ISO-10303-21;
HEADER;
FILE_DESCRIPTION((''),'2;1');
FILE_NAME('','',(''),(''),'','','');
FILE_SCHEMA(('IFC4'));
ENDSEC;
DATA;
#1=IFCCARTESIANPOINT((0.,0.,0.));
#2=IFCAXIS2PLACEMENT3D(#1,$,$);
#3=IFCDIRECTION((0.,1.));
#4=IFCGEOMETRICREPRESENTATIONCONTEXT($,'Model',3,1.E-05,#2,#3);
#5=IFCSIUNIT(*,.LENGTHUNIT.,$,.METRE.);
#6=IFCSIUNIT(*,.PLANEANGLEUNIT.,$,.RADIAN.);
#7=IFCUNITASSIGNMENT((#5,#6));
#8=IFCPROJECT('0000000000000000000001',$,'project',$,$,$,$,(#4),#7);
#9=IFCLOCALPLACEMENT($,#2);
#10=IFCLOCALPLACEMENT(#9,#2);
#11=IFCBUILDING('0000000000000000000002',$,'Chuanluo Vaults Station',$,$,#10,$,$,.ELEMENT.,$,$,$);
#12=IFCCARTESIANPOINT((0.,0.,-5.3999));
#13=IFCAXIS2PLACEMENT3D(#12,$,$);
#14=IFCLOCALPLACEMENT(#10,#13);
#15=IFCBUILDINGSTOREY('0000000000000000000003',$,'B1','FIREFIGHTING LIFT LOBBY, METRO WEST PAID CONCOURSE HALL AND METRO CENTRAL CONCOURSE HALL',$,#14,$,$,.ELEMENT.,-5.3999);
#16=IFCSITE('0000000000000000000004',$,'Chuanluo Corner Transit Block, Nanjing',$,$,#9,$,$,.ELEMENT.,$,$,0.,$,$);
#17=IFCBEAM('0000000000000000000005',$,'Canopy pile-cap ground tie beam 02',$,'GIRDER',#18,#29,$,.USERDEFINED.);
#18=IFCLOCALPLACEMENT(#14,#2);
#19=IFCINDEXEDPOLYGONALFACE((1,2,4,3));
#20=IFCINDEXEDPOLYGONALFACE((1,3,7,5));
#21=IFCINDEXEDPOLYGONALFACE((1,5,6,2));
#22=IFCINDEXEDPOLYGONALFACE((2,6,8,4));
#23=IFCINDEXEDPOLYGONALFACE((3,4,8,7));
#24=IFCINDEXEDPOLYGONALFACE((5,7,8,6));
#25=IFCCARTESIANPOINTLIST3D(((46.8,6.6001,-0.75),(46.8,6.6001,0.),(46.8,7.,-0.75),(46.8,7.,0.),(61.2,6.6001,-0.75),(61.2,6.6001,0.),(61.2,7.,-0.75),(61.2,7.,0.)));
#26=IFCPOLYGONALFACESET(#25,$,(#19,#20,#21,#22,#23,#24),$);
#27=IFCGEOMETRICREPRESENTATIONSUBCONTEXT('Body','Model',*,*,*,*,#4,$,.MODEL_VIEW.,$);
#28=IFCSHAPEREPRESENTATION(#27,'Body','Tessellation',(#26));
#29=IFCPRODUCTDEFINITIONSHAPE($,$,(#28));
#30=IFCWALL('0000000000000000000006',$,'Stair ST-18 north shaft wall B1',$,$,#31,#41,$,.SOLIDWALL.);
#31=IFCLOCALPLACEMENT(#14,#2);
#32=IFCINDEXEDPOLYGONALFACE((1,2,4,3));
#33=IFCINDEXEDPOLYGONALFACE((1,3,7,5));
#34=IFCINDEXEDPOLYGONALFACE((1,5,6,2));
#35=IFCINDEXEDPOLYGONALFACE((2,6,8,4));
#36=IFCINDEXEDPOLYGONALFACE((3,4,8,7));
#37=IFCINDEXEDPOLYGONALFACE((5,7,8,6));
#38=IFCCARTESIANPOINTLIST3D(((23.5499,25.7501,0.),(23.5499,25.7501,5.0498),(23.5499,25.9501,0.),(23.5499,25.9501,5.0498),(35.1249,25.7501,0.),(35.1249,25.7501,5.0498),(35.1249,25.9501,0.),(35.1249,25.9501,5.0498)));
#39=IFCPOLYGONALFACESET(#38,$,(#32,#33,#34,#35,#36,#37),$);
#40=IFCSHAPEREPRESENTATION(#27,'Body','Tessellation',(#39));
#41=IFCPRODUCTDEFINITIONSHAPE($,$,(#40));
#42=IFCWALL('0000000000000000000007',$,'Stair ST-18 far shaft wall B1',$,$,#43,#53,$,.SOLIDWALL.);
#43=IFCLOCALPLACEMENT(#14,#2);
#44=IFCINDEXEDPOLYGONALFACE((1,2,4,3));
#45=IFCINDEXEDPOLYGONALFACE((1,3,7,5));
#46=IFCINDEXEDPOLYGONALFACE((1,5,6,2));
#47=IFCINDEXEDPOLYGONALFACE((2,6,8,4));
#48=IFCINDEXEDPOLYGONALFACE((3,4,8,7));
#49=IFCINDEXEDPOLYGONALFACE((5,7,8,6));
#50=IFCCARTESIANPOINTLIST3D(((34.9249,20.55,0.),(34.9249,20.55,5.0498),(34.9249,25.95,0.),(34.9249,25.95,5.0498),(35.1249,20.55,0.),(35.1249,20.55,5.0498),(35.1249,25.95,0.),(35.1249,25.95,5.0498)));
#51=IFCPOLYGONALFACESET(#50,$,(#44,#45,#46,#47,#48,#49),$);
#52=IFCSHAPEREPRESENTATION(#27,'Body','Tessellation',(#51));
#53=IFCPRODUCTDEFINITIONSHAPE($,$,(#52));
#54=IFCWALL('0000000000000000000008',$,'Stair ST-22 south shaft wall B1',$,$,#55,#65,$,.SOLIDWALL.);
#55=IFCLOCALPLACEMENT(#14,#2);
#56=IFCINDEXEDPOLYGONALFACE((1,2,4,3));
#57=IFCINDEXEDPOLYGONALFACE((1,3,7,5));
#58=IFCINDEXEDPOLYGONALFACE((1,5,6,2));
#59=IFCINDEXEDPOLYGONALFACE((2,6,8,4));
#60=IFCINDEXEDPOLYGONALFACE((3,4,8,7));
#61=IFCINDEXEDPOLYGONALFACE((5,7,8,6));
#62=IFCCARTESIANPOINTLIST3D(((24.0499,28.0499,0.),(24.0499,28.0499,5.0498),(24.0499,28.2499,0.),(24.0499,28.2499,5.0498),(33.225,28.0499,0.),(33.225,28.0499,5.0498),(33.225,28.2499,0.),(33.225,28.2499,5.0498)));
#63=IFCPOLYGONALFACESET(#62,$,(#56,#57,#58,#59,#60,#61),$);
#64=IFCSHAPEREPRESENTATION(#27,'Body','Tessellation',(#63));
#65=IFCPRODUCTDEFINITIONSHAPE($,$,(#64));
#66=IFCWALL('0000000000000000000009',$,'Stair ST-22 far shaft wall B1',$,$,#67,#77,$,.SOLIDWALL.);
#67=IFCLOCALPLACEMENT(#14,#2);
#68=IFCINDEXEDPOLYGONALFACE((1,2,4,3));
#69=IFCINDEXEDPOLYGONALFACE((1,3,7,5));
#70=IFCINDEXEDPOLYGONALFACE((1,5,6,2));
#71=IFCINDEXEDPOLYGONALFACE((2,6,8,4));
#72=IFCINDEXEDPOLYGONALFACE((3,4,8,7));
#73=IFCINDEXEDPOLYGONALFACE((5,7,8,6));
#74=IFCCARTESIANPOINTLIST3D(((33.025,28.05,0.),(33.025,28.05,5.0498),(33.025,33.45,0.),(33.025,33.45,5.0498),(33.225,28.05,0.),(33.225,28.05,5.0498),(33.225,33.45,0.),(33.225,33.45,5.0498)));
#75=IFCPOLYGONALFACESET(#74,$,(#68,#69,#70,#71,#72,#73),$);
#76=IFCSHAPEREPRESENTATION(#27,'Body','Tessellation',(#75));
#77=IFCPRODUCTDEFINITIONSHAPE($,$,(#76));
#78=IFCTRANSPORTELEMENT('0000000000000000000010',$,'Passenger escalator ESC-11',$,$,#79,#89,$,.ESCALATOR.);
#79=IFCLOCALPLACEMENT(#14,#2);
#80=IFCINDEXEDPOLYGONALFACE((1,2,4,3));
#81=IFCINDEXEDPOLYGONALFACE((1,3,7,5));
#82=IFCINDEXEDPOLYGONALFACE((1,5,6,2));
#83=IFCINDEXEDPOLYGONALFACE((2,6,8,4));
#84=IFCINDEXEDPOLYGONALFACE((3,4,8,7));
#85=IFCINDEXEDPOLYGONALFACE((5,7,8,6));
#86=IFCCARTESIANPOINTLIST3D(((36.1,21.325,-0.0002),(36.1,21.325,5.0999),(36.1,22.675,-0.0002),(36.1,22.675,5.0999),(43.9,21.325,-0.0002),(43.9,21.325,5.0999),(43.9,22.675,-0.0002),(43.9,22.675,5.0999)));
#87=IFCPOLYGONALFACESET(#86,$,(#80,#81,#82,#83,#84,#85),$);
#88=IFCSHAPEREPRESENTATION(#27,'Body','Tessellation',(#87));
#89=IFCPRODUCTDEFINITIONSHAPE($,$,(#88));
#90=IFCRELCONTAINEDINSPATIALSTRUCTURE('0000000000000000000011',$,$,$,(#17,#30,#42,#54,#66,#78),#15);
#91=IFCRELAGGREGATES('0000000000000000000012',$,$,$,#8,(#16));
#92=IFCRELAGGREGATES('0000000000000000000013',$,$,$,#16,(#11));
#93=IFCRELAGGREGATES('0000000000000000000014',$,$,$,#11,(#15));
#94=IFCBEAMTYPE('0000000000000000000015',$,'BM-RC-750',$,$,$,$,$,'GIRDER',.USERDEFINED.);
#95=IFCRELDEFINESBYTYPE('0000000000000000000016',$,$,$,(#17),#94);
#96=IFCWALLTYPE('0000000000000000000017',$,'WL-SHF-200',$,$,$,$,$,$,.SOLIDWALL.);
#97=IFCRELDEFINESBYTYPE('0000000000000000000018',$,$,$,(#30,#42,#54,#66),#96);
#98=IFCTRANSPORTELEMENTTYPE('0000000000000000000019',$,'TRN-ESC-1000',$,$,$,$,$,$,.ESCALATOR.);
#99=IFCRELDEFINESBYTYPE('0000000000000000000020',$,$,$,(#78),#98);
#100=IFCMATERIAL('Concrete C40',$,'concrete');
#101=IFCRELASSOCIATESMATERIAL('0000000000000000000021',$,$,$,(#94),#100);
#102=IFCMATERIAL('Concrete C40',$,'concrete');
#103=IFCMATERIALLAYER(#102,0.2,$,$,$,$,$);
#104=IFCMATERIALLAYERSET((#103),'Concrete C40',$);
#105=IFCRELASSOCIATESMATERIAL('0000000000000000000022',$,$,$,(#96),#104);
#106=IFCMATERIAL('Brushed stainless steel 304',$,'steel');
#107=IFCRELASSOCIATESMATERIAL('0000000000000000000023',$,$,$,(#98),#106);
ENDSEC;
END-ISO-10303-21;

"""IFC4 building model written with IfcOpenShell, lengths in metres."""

from ifc_helpers import new_model, si_unit, direction, frame, frame_2d, origin, origin_2d, place, context, subcontext, project, spatial, rectangle, extrude, material, layer, layer_set, material_profile, profile_set, type_object, element, save


model = new_model("IFC4")

# Units and contexts
model_context = context("Model", 3, precision=1e-05, world=origin(), true_north=direction((0.0, 1.0)))
body_context = subcontext(model_context, "Body", "Model", "MODEL_VIEW")
ifc_project = project(units=[si_unit("LENGTHUNIT", "METRE"), si_unit("PLANEANGLEUNIT", "RADIAN")], contexts=[model_context])

# Site, building, storey
site_placement = place(None, origin())
site = spatial("IfcSite", under=ifc_project, at=site_placement, Name="Chuanluo Corner Transit Block, Nanjing", CompositionType="ELEMENT", RefElevation=0.0)
building_placement = place(site_placement, origin())
building = spatial("IfcBuilding", under=site, at=building_placement, Name="Chuanluo Vaults Station", CompositionType="ELEMENT")
storey_placement = place(building_placement, frame((0.0, 0.0, -5.3999)))
storey = spatial("IfcBuildingStorey", under=building, at=storey_placement, Name="B1", Description="FIREFIGHTING LIFT LOBBY, METRO WEST PAID CONCOURSE HALL AND METRO CENTRAL CONCOURSE HALL", CompositionType="ELEMENT", Elevation=-5.3999)

# Beam
ifc_material_1 = material(Name="Concrete C40", Category="concrete")
ifc_material_profile_1 = material_profile(ifc_material_1, rectangle(XDim=0.3999, YDim=0.75, at=origin_2d()))
ifc_profile_set_1 = profile_set([ifc_material_profile_1], Name="Concrete C40")
beam_type = type_object("IfcBeamType", Name="BM-RC-750", ElementType="GIRDER", PredefinedType="USERDEFINED", material=ifc_profile_set_1)
for number, where, z_axis, x_axis, name in (
    (1, (46.8, 6.8, -0.375), (1.0, 0.0, 0.0), (0.0, 1.0, 0.0), "Canopy pile-cap ground tie beam 02"),
):
    element("IfcBeam", number, at=place(storey_placement, frame(where, z_axis=z_axis, x_axis=x_axis)), inside=storey, type_object=beam_type, Name=name, ObjectType="GIRDER", PredefinedType="USERDEFINED", context=body_context, shape_type="SweptSolid", body=[
        extrude(rectangle(XDim=0.3999, YDim=0.75, at=origin_2d()), origin(), (0.0, 0.0, 1.0), 14.3999),
    ])

# Walls
ifc_material_2 = material(Name="Concrete C40", Category="concrete")
ifc_layer = layer(ifc_material_2, 0.2)
ifc_layer_set = layer_set([ifc_layer], Name="Concrete C40")
wall_type = type_object("IfcWallType", Name="WL-SHF-200", PredefinedType="SOLIDWALL", material=ifc_layer_set)
wall_1_placement = place(storey_placement, frame((35.125, 25.8501, 0.0), z_axis=(0.0, 0.0, 1.0), x_axis=(-1.0, 0.0, 0.0)))
element("IfcWall", 2, at=wall_1_placement, inside=storey, type_object=wall_type, Name="Stair ST-18 north shaft wall B1", PredefinedType="SOLIDWALL", context=body_context, shape_type="SweptSolid", body=[
    extrude(rectangle(XDim=11.575, YDim=0.2, at=frame_2d((5.7876, 0.0))), origin(), (0.0, 0.0, 1.0), 5.0498),
])
wall_2_placement = place(storey_placement, frame((35.0249, 20.55, 0.0), z_axis=(0.0, 0.0, 1.0), x_axis=(0.0, 1.0, 0.0)))
element("IfcWall", 3, at=wall_2_placement, inside=storey, type_object=wall_type, Name="Stair ST-18 far shaft wall B1", PredefinedType="SOLIDWALL", context=body_context, shape_type="SweptSolid", body=[
    extrude(rectangle(XDim=5.3999, YDim=0.2, at=frame_2d((2.7, 0.0))), origin(), (0.0, 0.0, 1.0), 5.0498),
])
wall_3_placement = place(storey_placement, frame((24.05, 28.1499, 0.0), z_axis=(0.0, 0.0, 1.0), x_axis=(1.0, 0.0, 0.0)))
element("IfcWall", 4, at=wall_3_placement, inside=storey, type_object=wall_type, Name="Stair ST-22 south shaft wall B1", PredefinedType="SOLIDWALL", context=body_context, shape_type="SweptSolid", body=[
    extrude(rectangle(XDim=9.175, YDim=0.2, at=frame_2d((4.5874, 0.0))), origin(), (0.0, 0.0, 1.0), 5.0498),
])
wall_4_placement = place(storey_placement, frame((33.125, 28.05, 0.0), z_axis=(0.0, 0.0, 1.0), x_axis=(0.0, 1.0, 0.0)))
element("IfcWall", 5, at=wall_4_placement, inside=storey, type_object=wall_type, Name="Stair ST-22 far shaft wall B1", PredefinedType="SOLIDWALL", context=body_context, shape_type="SweptSolid", body=[
    extrude(rectangle(XDim=5.3999, YDim=0.2, at=frame_2d((2.7, 0.0))), origin(), (0.0, 0.0, 1.0), 5.0498),
])

# Transport element
ifc_material_3 = material(Name="Brushed stainless steel 304", Category="steel")
transport_element_type = type_object("IfcTransportElementType", Name="TRN-ESC-1000", PredefinedType="ESCALATOR", material=ifc_material_3)
transport_element_placement = place(storey_placement, frame((40.0, 22.0, -0.0002), z_axis=(0.0, 0.0, 1.0), x_axis=(1.0, 0.0, 0.0)))
element("IfcTransportElement", 6, at=transport_element_placement, inside=storey, type_object=transport_element_type, Name="Passenger escalator ESC-11", PredefinedType="ESCALATOR", context=body_context, shape_type="SweptSolid", body=[
    extrude(rectangle(XDim=7.8, YDim=1.3501, at=origin_2d()), origin(), (0.0, 0.0, 1.0), 5.1001),
])

save(model, "model.ifc")
